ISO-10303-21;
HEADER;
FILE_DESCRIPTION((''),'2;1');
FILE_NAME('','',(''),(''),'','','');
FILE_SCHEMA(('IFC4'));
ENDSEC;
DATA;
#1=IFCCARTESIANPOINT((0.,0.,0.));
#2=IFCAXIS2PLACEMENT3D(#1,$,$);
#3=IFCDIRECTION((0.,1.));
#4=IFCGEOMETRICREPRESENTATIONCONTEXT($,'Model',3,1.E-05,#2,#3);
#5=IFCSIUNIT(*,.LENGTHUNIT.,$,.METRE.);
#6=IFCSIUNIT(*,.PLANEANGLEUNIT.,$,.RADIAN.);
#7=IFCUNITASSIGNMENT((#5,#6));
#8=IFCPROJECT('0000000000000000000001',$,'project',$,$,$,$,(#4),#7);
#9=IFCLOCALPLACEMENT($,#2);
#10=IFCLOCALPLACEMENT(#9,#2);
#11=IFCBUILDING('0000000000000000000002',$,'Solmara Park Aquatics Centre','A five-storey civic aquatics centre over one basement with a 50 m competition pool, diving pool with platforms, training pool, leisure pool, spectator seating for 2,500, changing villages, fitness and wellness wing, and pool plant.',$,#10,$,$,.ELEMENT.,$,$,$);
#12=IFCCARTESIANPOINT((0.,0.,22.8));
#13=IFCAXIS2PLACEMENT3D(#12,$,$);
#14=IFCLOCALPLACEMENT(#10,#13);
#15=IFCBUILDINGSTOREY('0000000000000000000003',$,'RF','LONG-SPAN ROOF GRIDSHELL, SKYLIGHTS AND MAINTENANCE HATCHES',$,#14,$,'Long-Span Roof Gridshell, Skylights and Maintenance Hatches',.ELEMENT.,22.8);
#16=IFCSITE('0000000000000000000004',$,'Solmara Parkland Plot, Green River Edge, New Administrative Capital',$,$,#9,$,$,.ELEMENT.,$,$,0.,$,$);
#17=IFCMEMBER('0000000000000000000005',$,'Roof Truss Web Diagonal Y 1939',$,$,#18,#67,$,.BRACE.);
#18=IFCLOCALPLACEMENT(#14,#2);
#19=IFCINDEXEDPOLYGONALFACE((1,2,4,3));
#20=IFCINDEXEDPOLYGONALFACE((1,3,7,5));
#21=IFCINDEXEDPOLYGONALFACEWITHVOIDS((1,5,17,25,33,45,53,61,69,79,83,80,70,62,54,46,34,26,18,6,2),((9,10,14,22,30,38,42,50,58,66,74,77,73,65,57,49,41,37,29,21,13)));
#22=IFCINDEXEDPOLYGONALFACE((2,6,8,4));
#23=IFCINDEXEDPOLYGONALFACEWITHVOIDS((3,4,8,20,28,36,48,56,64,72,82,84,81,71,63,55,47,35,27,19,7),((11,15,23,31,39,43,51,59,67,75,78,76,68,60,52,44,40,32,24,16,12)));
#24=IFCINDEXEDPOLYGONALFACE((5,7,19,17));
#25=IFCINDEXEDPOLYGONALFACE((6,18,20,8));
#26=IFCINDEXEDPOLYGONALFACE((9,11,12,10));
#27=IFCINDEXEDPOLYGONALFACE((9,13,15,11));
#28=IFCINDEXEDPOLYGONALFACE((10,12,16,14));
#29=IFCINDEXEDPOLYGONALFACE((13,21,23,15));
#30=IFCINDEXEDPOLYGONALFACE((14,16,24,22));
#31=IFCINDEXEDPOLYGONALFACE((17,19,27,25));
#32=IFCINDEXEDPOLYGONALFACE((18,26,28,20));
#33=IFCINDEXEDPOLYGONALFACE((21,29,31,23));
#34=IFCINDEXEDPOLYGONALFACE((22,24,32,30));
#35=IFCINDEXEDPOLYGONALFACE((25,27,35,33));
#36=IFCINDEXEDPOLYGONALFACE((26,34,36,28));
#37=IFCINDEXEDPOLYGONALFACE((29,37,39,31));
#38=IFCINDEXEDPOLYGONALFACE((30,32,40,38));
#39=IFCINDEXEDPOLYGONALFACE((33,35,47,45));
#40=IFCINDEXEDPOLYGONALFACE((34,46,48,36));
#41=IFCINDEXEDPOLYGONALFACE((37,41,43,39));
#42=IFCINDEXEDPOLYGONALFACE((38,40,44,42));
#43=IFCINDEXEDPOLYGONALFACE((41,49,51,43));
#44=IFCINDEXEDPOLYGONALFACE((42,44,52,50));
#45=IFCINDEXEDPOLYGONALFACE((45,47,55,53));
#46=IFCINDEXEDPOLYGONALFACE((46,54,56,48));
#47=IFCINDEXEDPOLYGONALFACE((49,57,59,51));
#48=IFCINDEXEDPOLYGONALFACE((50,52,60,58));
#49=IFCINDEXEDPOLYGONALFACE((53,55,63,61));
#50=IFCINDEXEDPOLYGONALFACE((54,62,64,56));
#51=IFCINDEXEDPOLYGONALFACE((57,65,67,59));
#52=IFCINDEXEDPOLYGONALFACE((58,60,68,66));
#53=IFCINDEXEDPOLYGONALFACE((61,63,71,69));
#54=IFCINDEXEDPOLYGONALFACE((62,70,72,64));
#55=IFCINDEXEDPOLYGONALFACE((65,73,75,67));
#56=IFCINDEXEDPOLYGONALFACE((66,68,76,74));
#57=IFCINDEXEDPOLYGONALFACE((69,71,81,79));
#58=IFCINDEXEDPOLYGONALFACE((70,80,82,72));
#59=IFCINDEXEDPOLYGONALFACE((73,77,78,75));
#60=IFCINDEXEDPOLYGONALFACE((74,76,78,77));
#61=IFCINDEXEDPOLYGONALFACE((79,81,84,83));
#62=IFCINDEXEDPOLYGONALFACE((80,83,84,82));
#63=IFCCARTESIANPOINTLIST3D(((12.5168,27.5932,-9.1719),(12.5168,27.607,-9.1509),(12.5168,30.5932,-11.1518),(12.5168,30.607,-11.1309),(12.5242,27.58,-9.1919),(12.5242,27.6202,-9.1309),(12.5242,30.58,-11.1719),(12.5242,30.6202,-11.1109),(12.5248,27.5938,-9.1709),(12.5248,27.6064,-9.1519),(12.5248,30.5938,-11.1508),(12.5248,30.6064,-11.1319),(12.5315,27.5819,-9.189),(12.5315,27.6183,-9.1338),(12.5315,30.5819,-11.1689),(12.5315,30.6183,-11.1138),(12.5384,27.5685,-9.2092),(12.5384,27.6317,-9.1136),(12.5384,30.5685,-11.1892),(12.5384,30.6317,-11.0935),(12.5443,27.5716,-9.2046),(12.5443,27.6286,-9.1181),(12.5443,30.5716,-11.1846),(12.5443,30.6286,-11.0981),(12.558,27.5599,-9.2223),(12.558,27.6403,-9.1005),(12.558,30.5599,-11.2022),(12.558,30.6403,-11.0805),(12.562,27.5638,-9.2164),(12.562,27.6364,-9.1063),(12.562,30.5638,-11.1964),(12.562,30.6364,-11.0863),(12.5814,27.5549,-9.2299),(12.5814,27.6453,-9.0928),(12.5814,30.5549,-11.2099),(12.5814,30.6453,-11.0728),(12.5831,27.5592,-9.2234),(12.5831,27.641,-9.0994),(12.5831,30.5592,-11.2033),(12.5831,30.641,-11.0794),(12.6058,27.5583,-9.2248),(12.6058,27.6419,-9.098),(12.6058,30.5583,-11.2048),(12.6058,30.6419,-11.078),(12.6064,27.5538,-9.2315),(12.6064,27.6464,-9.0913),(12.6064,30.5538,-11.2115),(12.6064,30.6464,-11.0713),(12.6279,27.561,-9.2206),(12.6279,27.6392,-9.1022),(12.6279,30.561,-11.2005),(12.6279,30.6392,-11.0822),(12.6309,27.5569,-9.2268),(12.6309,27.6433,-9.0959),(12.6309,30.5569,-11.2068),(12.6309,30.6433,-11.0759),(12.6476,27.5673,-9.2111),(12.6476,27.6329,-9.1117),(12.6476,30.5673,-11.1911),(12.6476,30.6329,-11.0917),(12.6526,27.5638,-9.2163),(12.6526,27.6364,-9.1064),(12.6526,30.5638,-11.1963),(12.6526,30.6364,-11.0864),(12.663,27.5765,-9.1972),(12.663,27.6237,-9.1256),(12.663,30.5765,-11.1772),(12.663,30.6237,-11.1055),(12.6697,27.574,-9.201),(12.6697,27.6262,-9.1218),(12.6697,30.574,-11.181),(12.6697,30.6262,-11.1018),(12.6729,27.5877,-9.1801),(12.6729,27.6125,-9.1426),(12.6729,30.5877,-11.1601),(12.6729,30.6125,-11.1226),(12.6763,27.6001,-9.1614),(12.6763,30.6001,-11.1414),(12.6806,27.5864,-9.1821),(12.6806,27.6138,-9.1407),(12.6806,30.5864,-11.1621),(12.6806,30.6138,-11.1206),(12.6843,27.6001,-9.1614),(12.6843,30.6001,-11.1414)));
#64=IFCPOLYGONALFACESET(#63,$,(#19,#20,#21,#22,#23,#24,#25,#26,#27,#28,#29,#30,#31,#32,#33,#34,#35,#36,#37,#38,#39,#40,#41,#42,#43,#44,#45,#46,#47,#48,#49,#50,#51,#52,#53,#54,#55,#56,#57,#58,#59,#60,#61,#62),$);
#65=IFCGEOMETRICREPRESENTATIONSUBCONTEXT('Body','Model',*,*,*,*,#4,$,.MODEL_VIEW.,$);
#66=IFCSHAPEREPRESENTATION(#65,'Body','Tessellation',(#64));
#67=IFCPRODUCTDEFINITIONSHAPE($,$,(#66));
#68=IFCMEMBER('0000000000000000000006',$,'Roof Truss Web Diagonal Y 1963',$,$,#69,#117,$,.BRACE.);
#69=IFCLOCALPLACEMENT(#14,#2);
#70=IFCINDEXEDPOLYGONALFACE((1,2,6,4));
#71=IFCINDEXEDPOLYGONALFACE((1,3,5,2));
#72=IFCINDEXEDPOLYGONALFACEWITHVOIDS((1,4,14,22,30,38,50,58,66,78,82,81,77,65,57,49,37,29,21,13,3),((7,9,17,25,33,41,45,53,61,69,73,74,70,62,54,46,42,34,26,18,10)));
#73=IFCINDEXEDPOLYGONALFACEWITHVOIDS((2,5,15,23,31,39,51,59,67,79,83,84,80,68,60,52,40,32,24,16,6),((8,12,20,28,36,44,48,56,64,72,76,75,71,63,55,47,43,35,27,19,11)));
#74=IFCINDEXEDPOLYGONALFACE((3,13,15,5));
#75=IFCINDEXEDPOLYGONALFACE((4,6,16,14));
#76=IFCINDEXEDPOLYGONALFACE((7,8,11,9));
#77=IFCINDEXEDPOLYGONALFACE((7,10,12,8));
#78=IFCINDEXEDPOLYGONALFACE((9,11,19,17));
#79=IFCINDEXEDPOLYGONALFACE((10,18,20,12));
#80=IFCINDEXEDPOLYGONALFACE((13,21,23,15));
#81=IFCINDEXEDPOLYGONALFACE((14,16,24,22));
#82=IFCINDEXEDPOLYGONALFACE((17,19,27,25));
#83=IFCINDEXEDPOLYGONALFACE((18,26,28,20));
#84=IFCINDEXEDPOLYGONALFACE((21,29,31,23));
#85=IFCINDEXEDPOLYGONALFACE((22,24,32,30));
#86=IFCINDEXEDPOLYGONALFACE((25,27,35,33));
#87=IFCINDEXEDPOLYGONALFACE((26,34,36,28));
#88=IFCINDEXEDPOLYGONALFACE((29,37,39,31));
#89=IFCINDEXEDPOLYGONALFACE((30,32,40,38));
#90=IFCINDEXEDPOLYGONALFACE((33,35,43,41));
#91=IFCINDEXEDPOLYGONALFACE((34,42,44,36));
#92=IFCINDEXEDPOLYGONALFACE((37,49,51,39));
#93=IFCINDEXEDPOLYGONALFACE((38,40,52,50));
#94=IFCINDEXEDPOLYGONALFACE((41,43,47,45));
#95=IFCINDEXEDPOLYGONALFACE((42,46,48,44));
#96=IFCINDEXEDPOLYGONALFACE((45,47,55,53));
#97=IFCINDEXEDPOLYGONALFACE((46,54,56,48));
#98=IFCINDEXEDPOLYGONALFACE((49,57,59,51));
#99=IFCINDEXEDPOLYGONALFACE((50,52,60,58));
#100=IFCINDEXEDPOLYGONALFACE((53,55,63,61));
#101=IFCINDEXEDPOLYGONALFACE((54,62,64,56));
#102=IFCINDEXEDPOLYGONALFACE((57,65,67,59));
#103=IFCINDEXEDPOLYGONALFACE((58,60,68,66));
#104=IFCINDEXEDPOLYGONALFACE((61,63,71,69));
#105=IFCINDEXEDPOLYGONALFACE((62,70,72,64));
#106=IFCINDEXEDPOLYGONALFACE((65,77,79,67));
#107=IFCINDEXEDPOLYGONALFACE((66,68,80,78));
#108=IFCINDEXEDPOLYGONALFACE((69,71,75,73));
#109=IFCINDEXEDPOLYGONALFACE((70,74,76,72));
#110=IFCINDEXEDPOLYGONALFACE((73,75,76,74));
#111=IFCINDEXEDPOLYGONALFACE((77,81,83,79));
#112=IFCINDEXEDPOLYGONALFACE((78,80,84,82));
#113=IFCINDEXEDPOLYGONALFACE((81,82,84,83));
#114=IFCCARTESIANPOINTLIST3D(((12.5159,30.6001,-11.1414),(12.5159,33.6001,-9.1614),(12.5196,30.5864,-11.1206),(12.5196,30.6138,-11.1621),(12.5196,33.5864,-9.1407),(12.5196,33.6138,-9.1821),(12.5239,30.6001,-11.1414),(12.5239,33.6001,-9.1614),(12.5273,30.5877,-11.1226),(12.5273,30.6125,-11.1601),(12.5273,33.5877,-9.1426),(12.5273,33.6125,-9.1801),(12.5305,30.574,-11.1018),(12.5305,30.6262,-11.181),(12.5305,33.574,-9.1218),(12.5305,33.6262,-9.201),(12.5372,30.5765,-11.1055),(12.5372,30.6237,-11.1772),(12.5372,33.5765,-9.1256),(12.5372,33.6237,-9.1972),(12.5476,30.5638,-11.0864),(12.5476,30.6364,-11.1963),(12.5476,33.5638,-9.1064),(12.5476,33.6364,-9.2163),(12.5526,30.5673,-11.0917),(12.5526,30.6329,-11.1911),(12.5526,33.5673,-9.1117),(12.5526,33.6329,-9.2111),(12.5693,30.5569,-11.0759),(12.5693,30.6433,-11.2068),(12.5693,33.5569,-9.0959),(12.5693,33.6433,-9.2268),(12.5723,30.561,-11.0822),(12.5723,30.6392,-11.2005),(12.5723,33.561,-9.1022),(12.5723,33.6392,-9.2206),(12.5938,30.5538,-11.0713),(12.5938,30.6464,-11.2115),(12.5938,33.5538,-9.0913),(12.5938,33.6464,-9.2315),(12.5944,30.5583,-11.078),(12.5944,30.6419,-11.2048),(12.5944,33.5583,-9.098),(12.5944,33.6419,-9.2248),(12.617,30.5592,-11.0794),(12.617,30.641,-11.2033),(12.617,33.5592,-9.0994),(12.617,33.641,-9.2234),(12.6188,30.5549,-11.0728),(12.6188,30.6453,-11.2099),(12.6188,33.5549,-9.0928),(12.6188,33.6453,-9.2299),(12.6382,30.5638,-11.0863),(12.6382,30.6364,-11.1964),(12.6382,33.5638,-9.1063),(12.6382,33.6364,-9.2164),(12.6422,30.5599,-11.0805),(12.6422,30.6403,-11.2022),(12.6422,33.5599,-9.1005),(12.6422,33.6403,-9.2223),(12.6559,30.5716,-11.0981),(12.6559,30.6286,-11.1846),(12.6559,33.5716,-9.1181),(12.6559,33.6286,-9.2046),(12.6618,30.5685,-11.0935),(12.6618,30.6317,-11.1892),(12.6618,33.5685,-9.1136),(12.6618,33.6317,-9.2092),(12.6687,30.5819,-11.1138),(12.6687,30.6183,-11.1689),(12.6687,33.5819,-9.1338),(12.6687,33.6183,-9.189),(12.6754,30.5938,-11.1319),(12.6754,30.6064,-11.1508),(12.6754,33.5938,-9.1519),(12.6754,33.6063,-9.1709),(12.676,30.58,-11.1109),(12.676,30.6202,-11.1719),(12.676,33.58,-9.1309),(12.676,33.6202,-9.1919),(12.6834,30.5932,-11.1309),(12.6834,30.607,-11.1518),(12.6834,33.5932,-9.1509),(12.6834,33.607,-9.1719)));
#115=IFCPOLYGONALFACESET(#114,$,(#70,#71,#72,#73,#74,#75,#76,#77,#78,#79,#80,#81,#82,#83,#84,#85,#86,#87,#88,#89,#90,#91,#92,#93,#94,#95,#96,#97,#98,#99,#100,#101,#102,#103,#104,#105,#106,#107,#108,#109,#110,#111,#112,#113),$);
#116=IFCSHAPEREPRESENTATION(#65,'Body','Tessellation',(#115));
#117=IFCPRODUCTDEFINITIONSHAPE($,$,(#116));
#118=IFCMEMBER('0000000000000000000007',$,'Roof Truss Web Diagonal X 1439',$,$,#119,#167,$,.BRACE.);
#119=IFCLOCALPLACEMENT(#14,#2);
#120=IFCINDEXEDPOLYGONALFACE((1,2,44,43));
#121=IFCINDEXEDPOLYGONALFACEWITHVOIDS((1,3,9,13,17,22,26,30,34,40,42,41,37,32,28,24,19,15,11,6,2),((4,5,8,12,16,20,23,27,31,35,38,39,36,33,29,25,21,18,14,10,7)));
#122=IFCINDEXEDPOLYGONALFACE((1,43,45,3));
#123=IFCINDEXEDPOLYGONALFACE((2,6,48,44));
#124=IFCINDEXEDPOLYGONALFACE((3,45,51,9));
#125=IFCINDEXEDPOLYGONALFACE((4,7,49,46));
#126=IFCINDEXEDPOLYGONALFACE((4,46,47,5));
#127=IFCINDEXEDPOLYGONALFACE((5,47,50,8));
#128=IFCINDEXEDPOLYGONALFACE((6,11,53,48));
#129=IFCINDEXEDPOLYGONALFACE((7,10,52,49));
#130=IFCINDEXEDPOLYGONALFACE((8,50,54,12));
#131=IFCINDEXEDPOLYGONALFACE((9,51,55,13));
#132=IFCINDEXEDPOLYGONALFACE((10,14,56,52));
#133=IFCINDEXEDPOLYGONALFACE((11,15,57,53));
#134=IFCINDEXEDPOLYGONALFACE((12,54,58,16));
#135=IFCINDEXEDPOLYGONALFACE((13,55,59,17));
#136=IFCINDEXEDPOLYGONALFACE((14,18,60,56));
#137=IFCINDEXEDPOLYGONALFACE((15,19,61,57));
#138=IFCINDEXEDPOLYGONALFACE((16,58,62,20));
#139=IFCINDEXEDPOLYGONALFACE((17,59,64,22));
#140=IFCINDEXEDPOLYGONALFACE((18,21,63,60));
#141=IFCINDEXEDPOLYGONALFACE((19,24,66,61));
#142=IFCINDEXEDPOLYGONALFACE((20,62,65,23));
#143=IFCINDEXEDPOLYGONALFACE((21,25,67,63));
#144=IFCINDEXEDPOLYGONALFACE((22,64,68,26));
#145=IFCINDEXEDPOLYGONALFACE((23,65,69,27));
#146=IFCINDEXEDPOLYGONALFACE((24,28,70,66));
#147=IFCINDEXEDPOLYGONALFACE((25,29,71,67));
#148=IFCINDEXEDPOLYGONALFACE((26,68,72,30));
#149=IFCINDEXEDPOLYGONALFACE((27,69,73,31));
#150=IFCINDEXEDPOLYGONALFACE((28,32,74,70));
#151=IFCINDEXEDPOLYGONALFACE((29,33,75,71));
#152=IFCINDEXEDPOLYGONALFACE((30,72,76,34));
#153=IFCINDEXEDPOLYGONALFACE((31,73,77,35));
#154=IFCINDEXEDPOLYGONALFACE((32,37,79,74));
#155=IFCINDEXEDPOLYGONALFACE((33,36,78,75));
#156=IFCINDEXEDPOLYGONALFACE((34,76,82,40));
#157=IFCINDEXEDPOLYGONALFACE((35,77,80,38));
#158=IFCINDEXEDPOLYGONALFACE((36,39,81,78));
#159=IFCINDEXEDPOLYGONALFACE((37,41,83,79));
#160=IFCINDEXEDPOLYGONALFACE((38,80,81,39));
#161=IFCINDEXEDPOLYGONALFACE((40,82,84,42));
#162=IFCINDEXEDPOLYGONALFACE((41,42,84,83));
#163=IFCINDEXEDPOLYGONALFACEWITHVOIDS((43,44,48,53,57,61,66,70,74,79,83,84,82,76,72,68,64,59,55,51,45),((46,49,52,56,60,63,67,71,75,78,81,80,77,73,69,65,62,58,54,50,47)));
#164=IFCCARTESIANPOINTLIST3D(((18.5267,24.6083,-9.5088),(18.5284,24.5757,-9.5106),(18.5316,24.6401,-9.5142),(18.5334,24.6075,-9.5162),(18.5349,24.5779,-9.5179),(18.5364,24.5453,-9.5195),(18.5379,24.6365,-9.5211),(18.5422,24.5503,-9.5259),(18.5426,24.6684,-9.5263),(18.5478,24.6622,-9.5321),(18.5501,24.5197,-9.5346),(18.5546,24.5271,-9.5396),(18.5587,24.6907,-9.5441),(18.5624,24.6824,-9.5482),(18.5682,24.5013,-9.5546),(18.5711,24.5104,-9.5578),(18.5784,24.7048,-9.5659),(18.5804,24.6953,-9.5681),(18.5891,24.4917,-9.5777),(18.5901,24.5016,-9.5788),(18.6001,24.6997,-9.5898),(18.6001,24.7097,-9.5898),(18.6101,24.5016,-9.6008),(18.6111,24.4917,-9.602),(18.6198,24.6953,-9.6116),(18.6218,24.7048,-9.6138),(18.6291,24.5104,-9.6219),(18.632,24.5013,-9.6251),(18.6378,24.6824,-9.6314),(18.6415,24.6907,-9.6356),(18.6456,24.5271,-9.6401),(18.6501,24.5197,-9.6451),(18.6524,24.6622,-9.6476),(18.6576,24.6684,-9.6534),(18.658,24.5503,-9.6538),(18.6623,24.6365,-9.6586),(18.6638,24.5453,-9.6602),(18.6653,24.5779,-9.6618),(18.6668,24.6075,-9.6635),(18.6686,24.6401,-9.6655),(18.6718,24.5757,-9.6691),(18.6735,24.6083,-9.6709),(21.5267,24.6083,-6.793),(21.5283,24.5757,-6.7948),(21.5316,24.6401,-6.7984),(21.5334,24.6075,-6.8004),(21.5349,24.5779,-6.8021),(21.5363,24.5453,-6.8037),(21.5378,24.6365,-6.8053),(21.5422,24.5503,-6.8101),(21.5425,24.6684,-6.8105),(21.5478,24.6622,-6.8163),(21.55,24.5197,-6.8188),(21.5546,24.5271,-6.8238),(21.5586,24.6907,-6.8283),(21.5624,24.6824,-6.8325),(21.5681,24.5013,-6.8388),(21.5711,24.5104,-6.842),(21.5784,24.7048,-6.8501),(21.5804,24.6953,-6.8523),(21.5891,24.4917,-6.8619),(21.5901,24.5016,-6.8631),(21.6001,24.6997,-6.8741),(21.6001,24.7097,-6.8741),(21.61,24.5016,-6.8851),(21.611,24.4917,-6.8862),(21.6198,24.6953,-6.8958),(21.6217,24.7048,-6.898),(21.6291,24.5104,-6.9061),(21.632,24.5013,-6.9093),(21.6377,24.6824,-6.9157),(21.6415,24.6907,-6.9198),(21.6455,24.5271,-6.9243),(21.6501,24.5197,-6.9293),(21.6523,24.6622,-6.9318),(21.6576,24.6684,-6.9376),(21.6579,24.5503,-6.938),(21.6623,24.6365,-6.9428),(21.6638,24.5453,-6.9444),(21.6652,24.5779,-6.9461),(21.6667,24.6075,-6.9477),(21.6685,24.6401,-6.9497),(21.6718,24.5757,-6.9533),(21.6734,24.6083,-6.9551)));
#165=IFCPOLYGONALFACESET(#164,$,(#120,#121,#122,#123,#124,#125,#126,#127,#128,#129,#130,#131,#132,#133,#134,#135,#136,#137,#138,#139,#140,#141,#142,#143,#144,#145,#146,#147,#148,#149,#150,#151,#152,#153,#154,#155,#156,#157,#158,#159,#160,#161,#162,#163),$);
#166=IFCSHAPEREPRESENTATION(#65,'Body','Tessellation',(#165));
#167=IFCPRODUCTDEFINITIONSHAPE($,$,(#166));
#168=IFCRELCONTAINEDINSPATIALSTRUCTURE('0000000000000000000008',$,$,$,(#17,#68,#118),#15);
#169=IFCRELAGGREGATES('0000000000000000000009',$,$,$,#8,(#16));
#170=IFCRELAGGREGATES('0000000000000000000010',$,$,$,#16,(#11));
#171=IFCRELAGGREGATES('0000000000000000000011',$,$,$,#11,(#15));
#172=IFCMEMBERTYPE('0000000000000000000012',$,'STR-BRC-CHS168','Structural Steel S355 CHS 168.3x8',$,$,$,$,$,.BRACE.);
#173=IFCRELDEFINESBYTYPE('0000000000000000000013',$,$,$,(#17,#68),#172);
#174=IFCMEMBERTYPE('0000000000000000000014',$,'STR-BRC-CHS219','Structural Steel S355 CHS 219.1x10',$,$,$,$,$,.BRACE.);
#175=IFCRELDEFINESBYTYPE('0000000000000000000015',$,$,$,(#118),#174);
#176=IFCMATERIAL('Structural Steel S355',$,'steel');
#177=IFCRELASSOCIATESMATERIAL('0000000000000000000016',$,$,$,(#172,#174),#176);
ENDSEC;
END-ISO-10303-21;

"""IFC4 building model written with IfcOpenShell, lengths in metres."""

from ifc_helpers import new_model, si_unit, direction, frame, origin, origin_2d, place, context, subcontext, project, spatial, hollow_circle, extrude, material, material_profile, profile_set, type_object, element, save


model = new_model("IFC4")

# Units and contexts
model_context = context("Model", 3, precision=1e-05, world=origin(), true_north=direction((0.0, 1.0)))
body_context = subcontext(model_context, "Body", "Model", "MODEL_VIEW")
ifc_project = project(units=[si_unit("LENGTHUNIT", "METRE"), si_unit("PLANEANGLEUNIT", "RADIAN")], contexts=[model_context])

# Site, building, storey
site_placement = place(None, origin())
site = spatial("IfcSite", under=ifc_project, at=site_placement, Name="Solmara Parkland Plot, Green River Edge, New Administrative Capital", CompositionType="ELEMENT", RefElevation=0.0)
building_placement = place(site_placement, origin())
building = spatial("IfcBuilding", under=site, at=building_placement, Name="Solmara Park Aquatics Centre", Description="A five-storey civic aquatics centre over one basement with a 50 m competition pool, diving pool with platforms, training pool, leisure pool, spectator seating for 2,500, changing villages, fitness and wellness wing, and pool plant.", CompositionType="ELEMENT")
storey_placement = place(building_placement, frame((0.0, 0.0, 22.8)))
storey = spatial("IfcBuildingStorey", under=building, at=storey_placement, Name="RF", Description="LONG-SPAN ROOF GRIDSHELL, SKYLIGHTS AND MAINTENANCE HATCHES", LongName="Long-Span Roof Gridshell, Skylights and Maintenance Hatches", CompositionType="ELEMENT", Elevation=22.8)

# Members
ifc_material_1 = material(Name="Structural Steel S355", Category="steel")
ifc_material_profile_1 = material_profile(ifc_material_1, hollow_circle(Radius=0.0842, WallThickness=0.0081, at=origin_2d()), Name="CHS 168.3x8")
ifc_profile_set_1 = profile_set([ifc_material_profile_1], Name="Structural Steel S355")
member_type_1 = type_object("IfcMemberType", Name="STR-BRC-CHS168", Description="Structural Steel S355 CHS 168.3x8", PredefinedType="BRACE", material=ifc_profile_set_1)
for number, where, z_axis, x_axis, name in (
    (1, (12.6001, 30.6001, -11.1414), (0.0, -0.834612, 0.550838), (1.0, 0.0, 0.0), "Roof Truss Web Diagonal Y 1939"),
    (2, (12.6001, 30.6001, -11.1414), (0.0, 0.834612, 0.550838), (-1.0, 0.0, 0.0), "Roof Truss Web Diagonal Y 1963"),
):
    element("IfcMember", number, at=place(storey_placement, frame(where, z_axis=z_axis, x_axis=x_axis)), inside=storey, type_object=member_type_1, Name=name, PredefinedType="BRACE", context=body_context, shape_type="SweptSolid", body=[
        extrude(hollow_circle(Radius=0.0842, WallThickness=0.0081, at=origin_2d()), origin(), (0.0, 0.0, 1.0), 3.5945),
    ])
ifc_material_profile_2 = material_profile(ifc_material_1, hollow_circle(Radius=0.1096, WallThickness=0.01, at=origin_2d()), Name="CHS 219.1x10")
ifc_profile_set_2 = profile_set([ifc_material_profile_2], Name="Structural Steel S355")
member_type_2 = type_object("IfcMemberType", Name="STR-BRC-CHS219", Description="Structural Steel S355 CHS 219.1x10", PredefinedType="BRACE", material=ifc_profile_set_2)
member_1_placement = place(storey_placement, frame((18.6001, 24.6001, -9.5898), z_axis=(0.741347, 0.0, 0.671122), x_axis=(0.0, 1.0, 0.0)))
element("IfcMember", 3, at=member_1_placement, inside=storey, type_object=member_type_2, Name="Roof Truss Web Diagonal X 1439", PredefinedType="BRACE", context=body_context, shape_type="SweptSolid", body=[
    extrude(hollow_circle(Radius=0.1096, WallThickness=0.01, at=origin_2d()), origin(), (0.0, 0.0, 1.0), 4.0466),
])

save(model, "model.ifc")
